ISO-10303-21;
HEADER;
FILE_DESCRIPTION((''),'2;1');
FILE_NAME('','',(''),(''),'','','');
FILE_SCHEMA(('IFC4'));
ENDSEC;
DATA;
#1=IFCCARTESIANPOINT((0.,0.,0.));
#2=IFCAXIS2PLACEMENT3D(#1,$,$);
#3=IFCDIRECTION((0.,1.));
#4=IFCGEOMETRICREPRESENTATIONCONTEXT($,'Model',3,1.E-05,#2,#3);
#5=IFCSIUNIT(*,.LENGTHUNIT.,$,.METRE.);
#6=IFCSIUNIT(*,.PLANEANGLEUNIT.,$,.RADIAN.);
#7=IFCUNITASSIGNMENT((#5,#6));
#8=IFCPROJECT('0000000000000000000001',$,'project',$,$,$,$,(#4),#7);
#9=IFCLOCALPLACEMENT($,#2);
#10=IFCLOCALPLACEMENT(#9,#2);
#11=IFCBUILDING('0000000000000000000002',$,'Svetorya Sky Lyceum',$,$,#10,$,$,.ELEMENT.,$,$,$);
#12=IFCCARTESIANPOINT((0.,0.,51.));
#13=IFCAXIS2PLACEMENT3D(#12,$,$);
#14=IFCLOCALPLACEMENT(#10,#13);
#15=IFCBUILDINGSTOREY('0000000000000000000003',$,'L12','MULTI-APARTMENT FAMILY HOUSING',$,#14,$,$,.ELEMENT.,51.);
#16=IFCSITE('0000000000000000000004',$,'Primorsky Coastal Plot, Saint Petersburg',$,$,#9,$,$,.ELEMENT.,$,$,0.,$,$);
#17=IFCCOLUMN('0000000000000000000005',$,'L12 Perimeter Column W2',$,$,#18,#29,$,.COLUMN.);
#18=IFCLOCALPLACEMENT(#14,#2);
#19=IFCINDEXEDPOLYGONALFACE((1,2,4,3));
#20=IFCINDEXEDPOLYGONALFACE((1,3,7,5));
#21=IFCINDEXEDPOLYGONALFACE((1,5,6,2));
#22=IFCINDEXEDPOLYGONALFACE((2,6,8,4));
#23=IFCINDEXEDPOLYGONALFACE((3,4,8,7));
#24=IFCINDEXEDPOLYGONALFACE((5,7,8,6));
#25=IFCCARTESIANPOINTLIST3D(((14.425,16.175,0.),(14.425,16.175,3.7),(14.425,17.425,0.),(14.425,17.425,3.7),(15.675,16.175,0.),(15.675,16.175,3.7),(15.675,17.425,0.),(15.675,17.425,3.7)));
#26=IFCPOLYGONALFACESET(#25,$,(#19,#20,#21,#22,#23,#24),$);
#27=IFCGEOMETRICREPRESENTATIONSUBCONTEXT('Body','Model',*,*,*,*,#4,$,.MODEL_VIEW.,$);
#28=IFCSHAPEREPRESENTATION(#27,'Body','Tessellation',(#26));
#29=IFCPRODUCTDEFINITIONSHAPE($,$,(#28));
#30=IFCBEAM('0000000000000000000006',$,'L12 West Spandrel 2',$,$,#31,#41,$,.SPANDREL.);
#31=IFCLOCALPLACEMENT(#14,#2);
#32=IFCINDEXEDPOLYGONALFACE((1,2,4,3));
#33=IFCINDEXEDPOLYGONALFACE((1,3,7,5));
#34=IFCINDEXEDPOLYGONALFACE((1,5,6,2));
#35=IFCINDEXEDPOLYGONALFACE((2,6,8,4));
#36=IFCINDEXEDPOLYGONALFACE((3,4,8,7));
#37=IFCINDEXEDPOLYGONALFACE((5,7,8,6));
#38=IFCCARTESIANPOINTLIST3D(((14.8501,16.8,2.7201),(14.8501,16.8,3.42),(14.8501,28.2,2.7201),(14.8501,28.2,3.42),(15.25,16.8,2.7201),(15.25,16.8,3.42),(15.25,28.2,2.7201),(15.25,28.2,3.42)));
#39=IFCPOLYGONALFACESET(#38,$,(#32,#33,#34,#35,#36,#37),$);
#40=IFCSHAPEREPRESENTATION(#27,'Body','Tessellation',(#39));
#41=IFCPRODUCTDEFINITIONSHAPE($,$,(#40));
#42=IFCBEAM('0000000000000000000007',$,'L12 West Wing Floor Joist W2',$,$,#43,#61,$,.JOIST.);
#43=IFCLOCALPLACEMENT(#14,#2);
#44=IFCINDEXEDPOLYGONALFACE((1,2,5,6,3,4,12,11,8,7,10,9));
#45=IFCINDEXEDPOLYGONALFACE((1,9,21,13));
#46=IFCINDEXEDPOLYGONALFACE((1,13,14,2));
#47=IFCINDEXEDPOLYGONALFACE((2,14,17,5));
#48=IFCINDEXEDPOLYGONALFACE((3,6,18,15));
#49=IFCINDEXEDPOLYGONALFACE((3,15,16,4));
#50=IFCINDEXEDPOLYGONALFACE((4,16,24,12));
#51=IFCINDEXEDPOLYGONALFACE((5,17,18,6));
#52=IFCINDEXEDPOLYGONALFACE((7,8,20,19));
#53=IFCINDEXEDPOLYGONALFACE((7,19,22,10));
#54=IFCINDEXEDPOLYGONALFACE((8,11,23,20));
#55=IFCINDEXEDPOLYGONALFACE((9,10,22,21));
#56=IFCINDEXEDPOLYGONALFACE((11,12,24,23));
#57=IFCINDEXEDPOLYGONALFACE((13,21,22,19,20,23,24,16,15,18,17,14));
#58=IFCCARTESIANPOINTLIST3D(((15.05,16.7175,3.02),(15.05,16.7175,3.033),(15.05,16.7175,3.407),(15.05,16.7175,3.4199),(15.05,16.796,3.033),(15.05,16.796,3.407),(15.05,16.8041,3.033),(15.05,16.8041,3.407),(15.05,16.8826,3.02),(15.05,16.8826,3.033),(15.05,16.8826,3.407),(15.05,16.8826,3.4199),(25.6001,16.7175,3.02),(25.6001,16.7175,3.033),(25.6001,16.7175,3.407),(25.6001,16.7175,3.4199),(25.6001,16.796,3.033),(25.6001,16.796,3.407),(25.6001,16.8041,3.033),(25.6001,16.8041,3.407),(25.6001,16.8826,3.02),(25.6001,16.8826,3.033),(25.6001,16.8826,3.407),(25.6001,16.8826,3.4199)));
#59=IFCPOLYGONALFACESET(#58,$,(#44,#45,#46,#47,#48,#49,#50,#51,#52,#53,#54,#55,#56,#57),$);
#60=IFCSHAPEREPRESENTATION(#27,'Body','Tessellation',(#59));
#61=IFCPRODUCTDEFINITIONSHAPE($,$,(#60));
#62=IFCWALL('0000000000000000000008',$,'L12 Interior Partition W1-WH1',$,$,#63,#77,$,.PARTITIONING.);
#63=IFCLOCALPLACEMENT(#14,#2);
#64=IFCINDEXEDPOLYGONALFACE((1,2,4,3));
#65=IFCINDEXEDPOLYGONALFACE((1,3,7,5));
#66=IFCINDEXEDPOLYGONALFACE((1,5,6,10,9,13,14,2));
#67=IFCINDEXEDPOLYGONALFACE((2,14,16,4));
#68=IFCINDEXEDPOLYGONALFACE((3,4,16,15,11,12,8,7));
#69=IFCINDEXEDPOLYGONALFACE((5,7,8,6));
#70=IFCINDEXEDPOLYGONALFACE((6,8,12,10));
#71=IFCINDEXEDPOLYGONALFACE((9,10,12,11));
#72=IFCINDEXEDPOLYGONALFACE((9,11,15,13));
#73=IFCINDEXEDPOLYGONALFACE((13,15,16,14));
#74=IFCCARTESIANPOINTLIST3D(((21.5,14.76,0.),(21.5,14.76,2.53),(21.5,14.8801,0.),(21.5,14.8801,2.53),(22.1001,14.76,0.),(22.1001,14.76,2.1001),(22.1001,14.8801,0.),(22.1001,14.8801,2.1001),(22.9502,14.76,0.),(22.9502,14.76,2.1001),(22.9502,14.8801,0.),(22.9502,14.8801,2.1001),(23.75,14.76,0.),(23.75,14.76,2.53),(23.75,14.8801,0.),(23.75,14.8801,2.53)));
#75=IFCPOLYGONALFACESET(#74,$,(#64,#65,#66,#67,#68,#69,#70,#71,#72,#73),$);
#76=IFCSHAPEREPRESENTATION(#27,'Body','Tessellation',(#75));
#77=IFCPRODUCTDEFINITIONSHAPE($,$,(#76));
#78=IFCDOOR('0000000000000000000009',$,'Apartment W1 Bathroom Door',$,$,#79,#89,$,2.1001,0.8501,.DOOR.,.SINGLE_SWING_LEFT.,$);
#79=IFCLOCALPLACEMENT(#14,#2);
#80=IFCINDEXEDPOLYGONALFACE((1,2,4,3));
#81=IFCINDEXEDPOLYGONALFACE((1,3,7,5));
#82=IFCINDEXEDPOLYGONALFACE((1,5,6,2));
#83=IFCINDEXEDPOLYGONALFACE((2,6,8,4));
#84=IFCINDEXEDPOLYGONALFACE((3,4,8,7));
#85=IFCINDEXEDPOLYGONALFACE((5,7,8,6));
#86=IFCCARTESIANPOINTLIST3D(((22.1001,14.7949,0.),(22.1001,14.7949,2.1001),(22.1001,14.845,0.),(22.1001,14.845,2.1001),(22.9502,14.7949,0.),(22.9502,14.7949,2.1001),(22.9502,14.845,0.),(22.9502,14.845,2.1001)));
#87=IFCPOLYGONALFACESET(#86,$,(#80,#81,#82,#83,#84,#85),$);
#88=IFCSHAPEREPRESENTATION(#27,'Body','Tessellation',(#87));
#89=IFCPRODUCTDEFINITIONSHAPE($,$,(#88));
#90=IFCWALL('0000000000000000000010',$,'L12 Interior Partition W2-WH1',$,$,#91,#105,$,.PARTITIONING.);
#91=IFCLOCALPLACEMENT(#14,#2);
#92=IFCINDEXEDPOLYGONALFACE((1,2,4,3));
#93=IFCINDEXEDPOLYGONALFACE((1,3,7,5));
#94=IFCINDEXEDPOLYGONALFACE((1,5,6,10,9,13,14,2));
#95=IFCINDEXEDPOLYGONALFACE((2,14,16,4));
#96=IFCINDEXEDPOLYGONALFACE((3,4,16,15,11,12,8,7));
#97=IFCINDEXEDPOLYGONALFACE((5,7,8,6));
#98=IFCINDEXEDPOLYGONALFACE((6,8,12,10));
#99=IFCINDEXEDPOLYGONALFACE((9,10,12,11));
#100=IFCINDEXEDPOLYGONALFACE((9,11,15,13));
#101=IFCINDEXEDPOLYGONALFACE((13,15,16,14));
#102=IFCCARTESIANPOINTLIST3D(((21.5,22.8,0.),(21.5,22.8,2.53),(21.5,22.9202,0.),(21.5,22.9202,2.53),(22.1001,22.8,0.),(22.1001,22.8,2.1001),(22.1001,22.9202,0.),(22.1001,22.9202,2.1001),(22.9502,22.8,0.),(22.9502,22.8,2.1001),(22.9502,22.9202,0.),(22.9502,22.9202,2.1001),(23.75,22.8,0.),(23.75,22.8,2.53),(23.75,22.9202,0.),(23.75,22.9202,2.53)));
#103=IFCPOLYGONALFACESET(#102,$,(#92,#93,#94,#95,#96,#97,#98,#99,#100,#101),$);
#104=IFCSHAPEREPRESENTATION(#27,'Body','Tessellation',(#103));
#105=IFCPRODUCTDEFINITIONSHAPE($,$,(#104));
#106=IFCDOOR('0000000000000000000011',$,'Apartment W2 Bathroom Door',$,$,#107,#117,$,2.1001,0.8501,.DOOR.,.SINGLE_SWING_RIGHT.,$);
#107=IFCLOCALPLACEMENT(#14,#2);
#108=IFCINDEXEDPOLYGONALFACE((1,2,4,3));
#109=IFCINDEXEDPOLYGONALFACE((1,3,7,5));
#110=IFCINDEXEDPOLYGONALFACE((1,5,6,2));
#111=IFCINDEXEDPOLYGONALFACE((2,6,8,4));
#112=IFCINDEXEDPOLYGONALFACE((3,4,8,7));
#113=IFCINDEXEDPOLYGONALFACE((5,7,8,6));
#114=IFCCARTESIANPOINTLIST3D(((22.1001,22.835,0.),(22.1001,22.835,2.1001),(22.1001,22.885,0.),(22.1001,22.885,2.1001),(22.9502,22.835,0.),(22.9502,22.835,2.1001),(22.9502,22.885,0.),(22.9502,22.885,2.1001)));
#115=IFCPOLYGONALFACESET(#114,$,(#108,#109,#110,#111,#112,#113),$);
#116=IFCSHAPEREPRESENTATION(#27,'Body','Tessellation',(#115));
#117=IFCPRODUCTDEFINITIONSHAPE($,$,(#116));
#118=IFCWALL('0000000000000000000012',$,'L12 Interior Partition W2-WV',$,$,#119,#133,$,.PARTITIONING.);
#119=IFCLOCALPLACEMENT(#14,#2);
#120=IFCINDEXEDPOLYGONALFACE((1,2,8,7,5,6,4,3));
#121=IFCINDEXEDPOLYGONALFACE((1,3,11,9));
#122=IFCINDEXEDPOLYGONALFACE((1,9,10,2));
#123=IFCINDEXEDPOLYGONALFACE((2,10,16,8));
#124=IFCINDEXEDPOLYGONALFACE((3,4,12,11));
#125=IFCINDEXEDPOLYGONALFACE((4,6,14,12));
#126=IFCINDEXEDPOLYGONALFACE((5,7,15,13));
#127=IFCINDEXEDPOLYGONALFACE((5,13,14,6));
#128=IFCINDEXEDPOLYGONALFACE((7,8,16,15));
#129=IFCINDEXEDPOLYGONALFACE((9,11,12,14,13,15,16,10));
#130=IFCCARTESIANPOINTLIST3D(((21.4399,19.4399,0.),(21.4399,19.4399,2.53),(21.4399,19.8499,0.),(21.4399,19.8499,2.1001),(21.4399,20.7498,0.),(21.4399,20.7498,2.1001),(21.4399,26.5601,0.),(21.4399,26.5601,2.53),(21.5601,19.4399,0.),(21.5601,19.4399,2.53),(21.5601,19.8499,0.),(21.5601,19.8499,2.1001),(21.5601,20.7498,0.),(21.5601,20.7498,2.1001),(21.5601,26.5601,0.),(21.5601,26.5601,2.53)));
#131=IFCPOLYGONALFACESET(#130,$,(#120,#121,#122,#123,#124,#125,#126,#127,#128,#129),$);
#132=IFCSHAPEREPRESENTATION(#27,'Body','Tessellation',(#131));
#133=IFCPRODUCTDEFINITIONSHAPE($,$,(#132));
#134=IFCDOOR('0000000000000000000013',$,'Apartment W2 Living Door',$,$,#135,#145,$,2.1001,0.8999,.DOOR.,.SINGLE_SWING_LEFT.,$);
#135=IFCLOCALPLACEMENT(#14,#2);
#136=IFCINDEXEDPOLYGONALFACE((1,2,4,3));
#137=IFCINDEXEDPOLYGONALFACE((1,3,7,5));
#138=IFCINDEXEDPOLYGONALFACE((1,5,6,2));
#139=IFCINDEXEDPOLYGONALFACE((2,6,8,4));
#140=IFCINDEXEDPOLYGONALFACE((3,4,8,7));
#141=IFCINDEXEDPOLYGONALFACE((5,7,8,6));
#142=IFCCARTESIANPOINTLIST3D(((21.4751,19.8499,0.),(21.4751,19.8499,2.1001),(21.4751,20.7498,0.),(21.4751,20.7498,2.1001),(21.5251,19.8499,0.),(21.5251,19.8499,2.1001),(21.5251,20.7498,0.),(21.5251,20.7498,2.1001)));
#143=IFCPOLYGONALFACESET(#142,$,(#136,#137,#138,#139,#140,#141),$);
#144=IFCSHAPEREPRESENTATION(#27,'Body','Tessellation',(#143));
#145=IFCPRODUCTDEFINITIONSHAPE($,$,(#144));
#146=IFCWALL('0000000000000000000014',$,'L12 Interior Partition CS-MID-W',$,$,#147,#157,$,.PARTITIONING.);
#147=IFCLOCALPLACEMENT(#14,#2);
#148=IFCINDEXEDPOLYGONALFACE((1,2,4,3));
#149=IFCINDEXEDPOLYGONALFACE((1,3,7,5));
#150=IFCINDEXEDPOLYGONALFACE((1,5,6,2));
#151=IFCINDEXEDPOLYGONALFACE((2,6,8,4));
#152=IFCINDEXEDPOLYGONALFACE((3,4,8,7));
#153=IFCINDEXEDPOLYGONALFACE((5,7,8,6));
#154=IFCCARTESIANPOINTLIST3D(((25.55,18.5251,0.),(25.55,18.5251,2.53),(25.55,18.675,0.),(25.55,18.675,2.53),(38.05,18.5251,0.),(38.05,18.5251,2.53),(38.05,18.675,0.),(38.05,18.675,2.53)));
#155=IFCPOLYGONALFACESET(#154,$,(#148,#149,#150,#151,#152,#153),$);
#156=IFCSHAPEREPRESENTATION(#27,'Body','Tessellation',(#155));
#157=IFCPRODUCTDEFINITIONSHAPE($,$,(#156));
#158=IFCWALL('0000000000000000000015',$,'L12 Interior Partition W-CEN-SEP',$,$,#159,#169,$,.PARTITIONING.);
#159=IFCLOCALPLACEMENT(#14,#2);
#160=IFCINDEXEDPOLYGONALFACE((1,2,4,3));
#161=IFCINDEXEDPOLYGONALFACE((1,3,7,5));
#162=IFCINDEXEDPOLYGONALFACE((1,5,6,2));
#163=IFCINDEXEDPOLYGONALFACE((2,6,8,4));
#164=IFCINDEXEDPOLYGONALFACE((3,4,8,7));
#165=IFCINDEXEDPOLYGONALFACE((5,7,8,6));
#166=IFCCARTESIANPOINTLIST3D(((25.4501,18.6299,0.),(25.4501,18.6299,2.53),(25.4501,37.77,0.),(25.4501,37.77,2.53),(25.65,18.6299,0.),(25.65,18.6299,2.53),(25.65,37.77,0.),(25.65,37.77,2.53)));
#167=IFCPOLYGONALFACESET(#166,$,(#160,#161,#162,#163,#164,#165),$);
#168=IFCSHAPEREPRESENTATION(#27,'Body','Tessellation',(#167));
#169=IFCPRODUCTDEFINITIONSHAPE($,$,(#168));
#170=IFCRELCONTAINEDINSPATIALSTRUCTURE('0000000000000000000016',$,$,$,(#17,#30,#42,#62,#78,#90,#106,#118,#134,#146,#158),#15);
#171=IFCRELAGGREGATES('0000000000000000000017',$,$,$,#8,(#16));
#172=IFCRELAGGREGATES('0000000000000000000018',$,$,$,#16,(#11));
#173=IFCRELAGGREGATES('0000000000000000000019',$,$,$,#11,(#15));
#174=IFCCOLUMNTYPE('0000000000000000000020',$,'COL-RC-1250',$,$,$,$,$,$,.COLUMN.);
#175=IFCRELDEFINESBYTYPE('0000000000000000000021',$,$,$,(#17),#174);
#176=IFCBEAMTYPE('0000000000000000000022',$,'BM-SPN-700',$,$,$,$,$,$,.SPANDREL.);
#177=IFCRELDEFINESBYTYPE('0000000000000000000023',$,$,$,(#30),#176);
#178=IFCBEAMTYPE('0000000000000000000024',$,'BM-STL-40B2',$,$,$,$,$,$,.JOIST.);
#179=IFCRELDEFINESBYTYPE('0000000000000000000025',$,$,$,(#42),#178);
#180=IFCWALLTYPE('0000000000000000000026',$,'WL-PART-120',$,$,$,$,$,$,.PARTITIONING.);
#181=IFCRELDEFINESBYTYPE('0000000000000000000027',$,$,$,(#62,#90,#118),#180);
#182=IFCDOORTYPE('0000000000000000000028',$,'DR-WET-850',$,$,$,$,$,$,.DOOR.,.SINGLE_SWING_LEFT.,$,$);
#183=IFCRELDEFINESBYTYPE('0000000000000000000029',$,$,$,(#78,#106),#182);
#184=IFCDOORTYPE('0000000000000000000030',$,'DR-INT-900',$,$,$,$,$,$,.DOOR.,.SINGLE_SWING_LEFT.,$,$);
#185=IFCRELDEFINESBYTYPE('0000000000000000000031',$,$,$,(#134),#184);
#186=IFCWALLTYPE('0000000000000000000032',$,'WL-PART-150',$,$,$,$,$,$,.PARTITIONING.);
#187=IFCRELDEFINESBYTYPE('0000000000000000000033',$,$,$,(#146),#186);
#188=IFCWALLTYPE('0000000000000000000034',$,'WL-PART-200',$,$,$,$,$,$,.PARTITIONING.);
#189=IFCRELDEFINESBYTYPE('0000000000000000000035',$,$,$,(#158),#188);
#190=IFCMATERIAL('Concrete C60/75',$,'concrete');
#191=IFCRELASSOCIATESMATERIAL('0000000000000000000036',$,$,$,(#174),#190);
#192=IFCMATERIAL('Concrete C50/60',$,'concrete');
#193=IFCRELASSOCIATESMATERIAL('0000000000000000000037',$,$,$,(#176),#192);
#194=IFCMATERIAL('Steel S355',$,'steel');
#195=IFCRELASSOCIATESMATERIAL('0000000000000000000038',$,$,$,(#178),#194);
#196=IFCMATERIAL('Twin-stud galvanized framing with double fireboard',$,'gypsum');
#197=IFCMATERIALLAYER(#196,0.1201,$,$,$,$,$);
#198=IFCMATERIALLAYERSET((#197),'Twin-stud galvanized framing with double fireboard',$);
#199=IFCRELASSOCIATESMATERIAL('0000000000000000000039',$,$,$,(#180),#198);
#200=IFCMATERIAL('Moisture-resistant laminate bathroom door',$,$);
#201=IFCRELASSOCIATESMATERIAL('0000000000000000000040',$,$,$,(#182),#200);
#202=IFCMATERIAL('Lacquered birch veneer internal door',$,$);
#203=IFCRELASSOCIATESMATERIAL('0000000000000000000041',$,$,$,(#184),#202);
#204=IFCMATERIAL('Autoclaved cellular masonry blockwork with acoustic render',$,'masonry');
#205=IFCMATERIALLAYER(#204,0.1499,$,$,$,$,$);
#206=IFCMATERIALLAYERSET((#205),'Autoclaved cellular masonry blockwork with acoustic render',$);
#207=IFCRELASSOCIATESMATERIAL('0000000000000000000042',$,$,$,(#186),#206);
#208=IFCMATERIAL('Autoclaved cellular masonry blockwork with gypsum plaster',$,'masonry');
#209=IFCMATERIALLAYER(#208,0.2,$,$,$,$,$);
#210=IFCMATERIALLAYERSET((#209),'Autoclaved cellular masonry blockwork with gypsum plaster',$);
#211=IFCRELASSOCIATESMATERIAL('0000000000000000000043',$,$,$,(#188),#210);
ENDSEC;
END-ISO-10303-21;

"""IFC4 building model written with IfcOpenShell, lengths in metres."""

from ifc_helpers import new_model, si_unit, direction, frame, frame_2d, origin, origin_2d, place, context, subcontext, project, spatial, rectangle, i_section, extrude, material, layer, layer_set, material_profile, profile_set, type_object, element, fill, save


model = new_model("IFC4")

# Units and contexts
model_context = context("Model", 3, precision=1e-05, world=origin(), true_north=direction((0.0, 1.0)))
body_context = subcontext(model_context, "Body", "Model", "MODEL_VIEW")
ifc_project = project(units=[si_unit("LENGTHUNIT", "METRE"), si_unit("PLANEANGLEUNIT", "RADIAN")], contexts=[model_context])

# Site, building, storey
site_placement = place(None, origin())
site = spatial("IfcSite", under=ifc_project, at=site_placement, Name="Primorsky Coastal Plot, Saint Petersburg", CompositionType="ELEMENT", RefElevation=0.0)
building_placement = place(site_placement, origin())
building = spatial("IfcBuilding", under=site, at=building_placement, Name="Svetorya Sky Lyceum", CompositionType="ELEMENT")
storey_placement = place(building_placement, frame((0.0, 0.0, 51.0)))
storey = spatial("IfcBuildingStorey", under=building, at=storey_placement, Name="L12", Description="MULTI-APARTMENT FAMILY HOUSING", CompositionType="ELEMENT", Elevation=51.0)

# Column
ifc_material_1 = material(Name="Concrete C60/75", Category="concrete")
ifc_material_profile_1 = material_profile(ifc_material_1, rectangle(XDim=1.25, YDim=1.25, at=origin_2d()), Name="RC COL 1250x1250")
ifc_profile_set_1 = profile_set([ifc_material_profile_1], Name="Concrete C60/75")
column_type = type_object("IfcColumnType", Name="COL-RC-1250", PredefinedType="COLUMN", material=ifc_profile_set_1)
column_placement = place(storey_placement, frame((15.05, 16.8, 0.0), z_axis=(0.0, 0.0, 1.0), x_axis=(1.0, 0.0, 0.0)))
element("IfcColumn", 1, at=column_placement, inside=storey, type_object=column_type, Name="L12 Perimeter Column W2", PredefinedType="COLUMN", context=body_context, shape_type="SweptSolid", body=[
    extrude(rectangle(XDim=1.25, YDim=1.25, at=origin_2d()), origin(), (0.0, 0.0, 1.0), 3.7),
])

# Beams
ifc_material_2 = material(Name="Concrete C50/60", Category="concrete")
ifc_material_profile_2 = material_profile(ifc_material_2, rectangle(XDim=0.3999, YDim=0.7, at=origin_2d()), Name="RC SPANDREL 400x700")
ifc_profile_set_2 = profile_set([ifc_material_profile_2], Name="Concrete C50/60")
beam_type_1 = type_object("IfcBeamType", Name="BM-SPN-700", PredefinedType="SPANDREL", material=ifc_profile_set_2)
beam_1_placement = place(storey_placement, frame((15.05, 16.8, 3.0701), z_axis=(0.0, 1.0, 0.0), x_axis=(-1.0, 0.0, 0.0)))
element("IfcBeam", 2, at=beam_1_placement, inside=storey, type_object=beam_type_1, Name="L12 West Spandrel 2", PredefinedType="SPANDREL", context=body_context, shape_type="SweptSolid", body=[
    extrude(rectangle(XDim=0.3999, YDim=0.7, at=origin_2d()), origin(), (0.0, 0.0, 1.0), 11.3999),
])
ifc_material_3 = material(Name="Steel S355", Category="steel")
ifc_material_profile_3 = material_profile(ifc_material_3, i_section(OverallWidth=0.165, OverallDepth=0.3999, WebThickness=0.0081, FlangeThickness=0.0129, at=origin_2d()), Name="GOST 40B2")
ifc_profile_set_3 = profile_set([ifc_material_profile_3], Name="Steel S355")
beam_type_2 = type_object("IfcBeamType", Name="BM-STL-40B2", PredefinedType="JOIST", material=ifc_profile_set_3)
beam_2_placement = place(storey_placement, frame((15.05, 16.8, 3.22), z_axis=(1.0, 0.0, 0.0), x_axis=(0.0, 1.0, 0.0)))
element("IfcBeam", 3, at=beam_2_placement, inside=storey, type_object=beam_type_2, Name="L12 West Wing Floor Joist W2", PredefinedType="JOIST", context=body_context, shape_type="SweptSolid", body=[
    extrude(i_section(OverallWidth=0.165, OverallDepth=0.3999, WebThickness=0.0081, FlangeThickness=0.0129, at=origin_2d()), origin(), (0.0, 0.0, 1.0), 10.55),
])

# Walls, openings, doors
ifc_material_4 = material(Name="Twin-stud galvanized framing with double fireboard", Category="gypsum")
ifc_layer_1 = layer(ifc_material_4, 0.1201)
ifc_layer_set_1 = layer_set([ifc_layer_1], Name="Twin-stud galvanized framing with double fireboard")
wall_type_1 = type_object("IfcWallType", Name="WL-PART-120", PredefinedType="PARTITIONING", material=ifc_layer_set_1)
wall_1_placement = place(storey_placement, frame((21.5, 14.8201, 0.0), z_axis=(0.0, 0.0, 1.0), x_axis=(1.0, 0.0, 0.0)))
wall_1 = element("IfcWall", 4, at=wall_1_placement, inside=storey, type_object=wall_type_1, Name="L12 Interior Partition W1-WH1", PredefinedType="PARTITIONING", context=body_context, shape_type="SweptSolid", body=[
    extrude(rectangle(XDim=2.25, YDim=0.1201, at=frame_2d((1.125, 0.0))), origin(), (0.0, 0.0, 1.0), 2.53),
])
opening_1_placement = place(wall_1_placement, frame((0.6001, 0.0, 0.0)))
opening_1 = element("IfcOpeningElement", 5, at=opening_1_placement, cuts=wall_1, PredefinedType="OPENING", context=body_context, shape_type="SweptSolid", body=[
    extrude(rectangle(XDim=0.8501, YDim=2.1001, at=frame_2d((0.425, 1.05))), frame((0.0, 0.0701, 0.0), z_axis=(0.0, -1.0, 0.0), x_axis=(1.0, 0.0, 0.0)), (0.0, 0.0, 1.0), 0.1401),
])
ifc_material_5 = material(Name="Moisture-resistant laminate bathroom door")
door_type_1 = type_object("IfcDoorType", Name="DR-WET-850", OperationType="SINGLE_SWING_LEFT", PredefinedType="DOOR", material=ifc_material_5)
door_1_placement = place(opening_1_placement, origin())
door_1 = element("IfcDoor", 6, at=door_1_placement, inside=storey, type_object=door_type_1, Name="Apartment W1 Bathroom Door", OperationType="SINGLE_SWING_LEFT", OverallHeight=2.1001, OverallWidth=0.8501, PredefinedType="DOOR", context=body_context, shape_type="SweptSolid", body=[
    extrude(rectangle(XDim=0.8501, YDim=2.1001, at=frame_2d((0.425, 1.05))), frame((0.0, 0.0249, 0.0), z_axis=(0.0, -1.0, 0.0), x_axis=(1.0, 0.0, 0.0)), (0.0, 0.0, 1.0), 0.05),
])
fill(opening_1, door_1)
wall_2_placement = place(storey_placement, frame((21.5, 22.8601, 0.0), z_axis=(0.0, 0.0, 1.0), x_axis=(1.0, 0.0, 0.0)))
wall_2 = element("IfcWall", 7, at=wall_2_placement, inside=storey, type_object=wall_type_1, Name="L12 Interior Partition W2-WH1", PredefinedType="PARTITIONING", context=body_context, shape_type="SweptSolid", body=[
    extrude(rectangle(XDim=2.25, YDim=0.1201, at=frame_2d((1.125, 0.0))), origin(), (0.0, 0.0, 1.0), 2.53),
])
opening_2_placement = place(wall_2_placement, frame((0.6001, 0.0, 0.0)))
opening_2 = element("IfcOpeningElement", 8, at=opening_2_placement, cuts=wall_2, PredefinedType="OPENING", context=body_context, shape_type="SweptSolid", body=[
    extrude(rectangle(XDim=0.8501, YDim=2.1001, at=frame_2d((0.425, 1.05))), frame((0.0, 0.0701, 0.0), z_axis=(0.0, -1.0, 0.0), x_axis=(1.0, 0.0, 0.0)), (0.0, 0.0, 1.0), 0.1401),
])
door_2_placement = place(opening_2_placement, origin())
door_2 = element("IfcDoor", 9, at=door_2_placement, inside=storey, type_object=door_type_1, Name="Apartment W2 Bathroom Door", OperationType="SINGLE_SWING_RIGHT", OverallHeight=2.1001, OverallWidth=0.8501, PredefinedType="DOOR", context=body_context, shape_type="SweptSolid", body=[
    extrude(rectangle(XDim=0.8501, YDim=2.1001, at=frame_2d((0.425, 1.05))), frame((0.0, 0.0249, 0.0), z_axis=(0.0, -1.0, 0.0), x_axis=(1.0, 0.0, 0.0)), (0.0, 0.0, 1.0), 0.05),
])
fill(opening_2, door_2)
wall_3_placement = place(storey_placement, frame((21.5, 19.4399, 0.0), z_axis=(0.0, 0.0, 1.0), x_axis=(0.0, 1.0, 0.0)))
wall_3 = element("IfcWall", 10, at=wall_3_placement, inside=storey, type_object=wall_type_1, Name="L12 Interior Partition W2-WV", PredefinedType="PARTITIONING", context=body_context, shape_type="SweptSolid", body=[
    extrude(rectangle(XDim=7.1201, YDim=0.1201, at=frame_2d((3.5601, 0.0))), origin(), (0.0, 0.0, 1.0), 2.53),
])
opening_3_placement = place(wall_3_placement, frame((0.4099, 0.0, 0.0)))
opening_3 = element("IfcOpeningElement", 11, at=opening_3_placement, cuts=wall_3, PredefinedType="OPENING", context=body_context, shape_type="SweptSolid", body=[
    extrude(rectangle(XDim=0.8999, YDim=2.1001, at=frame_2d((0.45, 1.05))), frame((0.0, 0.0701, 0.0), z_axis=(0.0, -1.0, 0.0), x_axis=(1.0, 0.0, 0.0)), (0.0, 0.0, 1.0), 0.1401),
])
ifc_material_6 = material(Name="Lacquered birch veneer internal door")
door_type_2 = type_object("IfcDoorType", Name="DR-INT-900", OperationType="SINGLE_SWING_LEFT", PredefinedType="DOOR", material=ifc_material_6)
door_3_placement = place(opening_3_placement, origin())
door_3 = element("IfcDoor", 12, at=door_3_placement, inside=storey, type_object=door_type_2, Name="Apartment W2 Living Door", OperationType="SINGLE_SWING_LEFT", OverallHeight=2.1001, OverallWidth=0.8999, PredefinedType="DOOR", context=body_context, shape_type="SweptSolid", body=[
    extrude(rectangle(XDim=0.8999, YDim=2.1001, at=frame_2d((0.45, 1.05))), frame((0.0, 0.0249, 0.0), z_axis=(0.0, -1.0, 0.0), x_axis=(1.0, 0.0, 0.0)), (0.0, 0.0, 1.0), 0.05),
])
fill(opening_3, door_3)

# Walls
ifc_material_7 = material(Name="Autoclaved cellular masonry blockwork with acoustic render", Category="masonry")
ifc_layer_2 = layer(ifc_material_7, 0.1499)
ifc_layer_set_2 = layer_set([ifc_layer_2], Name="Autoclaved cellular masonry blockwork with acoustic render")
wall_type_2 = type_object("IfcWallType", Name="WL-PART-150", PredefinedType="PARTITIONING", material=ifc_layer_set_2)
wall_4_placement = place(storey_placement, frame((25.55, 18.6001, 0.0), z_axis=(0.0, 0.0, 1.0), x_axis=(1.0, 0.0, 0.0)))
element("IfcWall", 13, at=wall_4_placement, inside=storey, type_object=wall_type_2, Name="L12 Interior Partition CS-MID-W", PredefinedType="PARTITIONING", context=body_context, shape_type="SweptSolid", body=[
    extrude(rectangle(XDim=12.5, YDim=0.1499, at=frame_2d((6.25, 0.0))), origin(), (0.0, 0.0, 1.0), 2.53),
])
ifc_material_8 = material(Name="Autoclaved cellular masonry blockwork with gypsum plaster", Category="masonry")
ifc_layer_3 = layer(ifc_material_8, 0.2)
ifc_layer_set_3 = layer_set([ifc_layer_3], Name="Autoclaved cellular masonry blockwork with gypsum plaster")
wall_type_3 = type_object("IfcWallType", Name="WL-PART-200", PredefinedType="PARTITIONING", material=ifc_layer_set_3)
wall_5_placement = place(storey_placement, frame((25.55, 18.6299, 0.0), z_axis=(0.0, 0.0, 1.0), x_axis=(0.0, 1.0, 0.0)))
element("IfcWall", 14, at=wall_5_placement, inside=storey, type_object=wall_type_3, Name="L12 Interior Partition W-CEN-SEP", PredefinedType="PARTITIONING", context=body_context, shape_type="SweptSolid", body=[
    extrude(rectangle(XDim=19.1401, YDim=0.2, at=frame_2d((9.5701, 0.0))), origin(), (0.0, 0.0, 1.0), 2.53),
])

save(model, "model.ifc")
